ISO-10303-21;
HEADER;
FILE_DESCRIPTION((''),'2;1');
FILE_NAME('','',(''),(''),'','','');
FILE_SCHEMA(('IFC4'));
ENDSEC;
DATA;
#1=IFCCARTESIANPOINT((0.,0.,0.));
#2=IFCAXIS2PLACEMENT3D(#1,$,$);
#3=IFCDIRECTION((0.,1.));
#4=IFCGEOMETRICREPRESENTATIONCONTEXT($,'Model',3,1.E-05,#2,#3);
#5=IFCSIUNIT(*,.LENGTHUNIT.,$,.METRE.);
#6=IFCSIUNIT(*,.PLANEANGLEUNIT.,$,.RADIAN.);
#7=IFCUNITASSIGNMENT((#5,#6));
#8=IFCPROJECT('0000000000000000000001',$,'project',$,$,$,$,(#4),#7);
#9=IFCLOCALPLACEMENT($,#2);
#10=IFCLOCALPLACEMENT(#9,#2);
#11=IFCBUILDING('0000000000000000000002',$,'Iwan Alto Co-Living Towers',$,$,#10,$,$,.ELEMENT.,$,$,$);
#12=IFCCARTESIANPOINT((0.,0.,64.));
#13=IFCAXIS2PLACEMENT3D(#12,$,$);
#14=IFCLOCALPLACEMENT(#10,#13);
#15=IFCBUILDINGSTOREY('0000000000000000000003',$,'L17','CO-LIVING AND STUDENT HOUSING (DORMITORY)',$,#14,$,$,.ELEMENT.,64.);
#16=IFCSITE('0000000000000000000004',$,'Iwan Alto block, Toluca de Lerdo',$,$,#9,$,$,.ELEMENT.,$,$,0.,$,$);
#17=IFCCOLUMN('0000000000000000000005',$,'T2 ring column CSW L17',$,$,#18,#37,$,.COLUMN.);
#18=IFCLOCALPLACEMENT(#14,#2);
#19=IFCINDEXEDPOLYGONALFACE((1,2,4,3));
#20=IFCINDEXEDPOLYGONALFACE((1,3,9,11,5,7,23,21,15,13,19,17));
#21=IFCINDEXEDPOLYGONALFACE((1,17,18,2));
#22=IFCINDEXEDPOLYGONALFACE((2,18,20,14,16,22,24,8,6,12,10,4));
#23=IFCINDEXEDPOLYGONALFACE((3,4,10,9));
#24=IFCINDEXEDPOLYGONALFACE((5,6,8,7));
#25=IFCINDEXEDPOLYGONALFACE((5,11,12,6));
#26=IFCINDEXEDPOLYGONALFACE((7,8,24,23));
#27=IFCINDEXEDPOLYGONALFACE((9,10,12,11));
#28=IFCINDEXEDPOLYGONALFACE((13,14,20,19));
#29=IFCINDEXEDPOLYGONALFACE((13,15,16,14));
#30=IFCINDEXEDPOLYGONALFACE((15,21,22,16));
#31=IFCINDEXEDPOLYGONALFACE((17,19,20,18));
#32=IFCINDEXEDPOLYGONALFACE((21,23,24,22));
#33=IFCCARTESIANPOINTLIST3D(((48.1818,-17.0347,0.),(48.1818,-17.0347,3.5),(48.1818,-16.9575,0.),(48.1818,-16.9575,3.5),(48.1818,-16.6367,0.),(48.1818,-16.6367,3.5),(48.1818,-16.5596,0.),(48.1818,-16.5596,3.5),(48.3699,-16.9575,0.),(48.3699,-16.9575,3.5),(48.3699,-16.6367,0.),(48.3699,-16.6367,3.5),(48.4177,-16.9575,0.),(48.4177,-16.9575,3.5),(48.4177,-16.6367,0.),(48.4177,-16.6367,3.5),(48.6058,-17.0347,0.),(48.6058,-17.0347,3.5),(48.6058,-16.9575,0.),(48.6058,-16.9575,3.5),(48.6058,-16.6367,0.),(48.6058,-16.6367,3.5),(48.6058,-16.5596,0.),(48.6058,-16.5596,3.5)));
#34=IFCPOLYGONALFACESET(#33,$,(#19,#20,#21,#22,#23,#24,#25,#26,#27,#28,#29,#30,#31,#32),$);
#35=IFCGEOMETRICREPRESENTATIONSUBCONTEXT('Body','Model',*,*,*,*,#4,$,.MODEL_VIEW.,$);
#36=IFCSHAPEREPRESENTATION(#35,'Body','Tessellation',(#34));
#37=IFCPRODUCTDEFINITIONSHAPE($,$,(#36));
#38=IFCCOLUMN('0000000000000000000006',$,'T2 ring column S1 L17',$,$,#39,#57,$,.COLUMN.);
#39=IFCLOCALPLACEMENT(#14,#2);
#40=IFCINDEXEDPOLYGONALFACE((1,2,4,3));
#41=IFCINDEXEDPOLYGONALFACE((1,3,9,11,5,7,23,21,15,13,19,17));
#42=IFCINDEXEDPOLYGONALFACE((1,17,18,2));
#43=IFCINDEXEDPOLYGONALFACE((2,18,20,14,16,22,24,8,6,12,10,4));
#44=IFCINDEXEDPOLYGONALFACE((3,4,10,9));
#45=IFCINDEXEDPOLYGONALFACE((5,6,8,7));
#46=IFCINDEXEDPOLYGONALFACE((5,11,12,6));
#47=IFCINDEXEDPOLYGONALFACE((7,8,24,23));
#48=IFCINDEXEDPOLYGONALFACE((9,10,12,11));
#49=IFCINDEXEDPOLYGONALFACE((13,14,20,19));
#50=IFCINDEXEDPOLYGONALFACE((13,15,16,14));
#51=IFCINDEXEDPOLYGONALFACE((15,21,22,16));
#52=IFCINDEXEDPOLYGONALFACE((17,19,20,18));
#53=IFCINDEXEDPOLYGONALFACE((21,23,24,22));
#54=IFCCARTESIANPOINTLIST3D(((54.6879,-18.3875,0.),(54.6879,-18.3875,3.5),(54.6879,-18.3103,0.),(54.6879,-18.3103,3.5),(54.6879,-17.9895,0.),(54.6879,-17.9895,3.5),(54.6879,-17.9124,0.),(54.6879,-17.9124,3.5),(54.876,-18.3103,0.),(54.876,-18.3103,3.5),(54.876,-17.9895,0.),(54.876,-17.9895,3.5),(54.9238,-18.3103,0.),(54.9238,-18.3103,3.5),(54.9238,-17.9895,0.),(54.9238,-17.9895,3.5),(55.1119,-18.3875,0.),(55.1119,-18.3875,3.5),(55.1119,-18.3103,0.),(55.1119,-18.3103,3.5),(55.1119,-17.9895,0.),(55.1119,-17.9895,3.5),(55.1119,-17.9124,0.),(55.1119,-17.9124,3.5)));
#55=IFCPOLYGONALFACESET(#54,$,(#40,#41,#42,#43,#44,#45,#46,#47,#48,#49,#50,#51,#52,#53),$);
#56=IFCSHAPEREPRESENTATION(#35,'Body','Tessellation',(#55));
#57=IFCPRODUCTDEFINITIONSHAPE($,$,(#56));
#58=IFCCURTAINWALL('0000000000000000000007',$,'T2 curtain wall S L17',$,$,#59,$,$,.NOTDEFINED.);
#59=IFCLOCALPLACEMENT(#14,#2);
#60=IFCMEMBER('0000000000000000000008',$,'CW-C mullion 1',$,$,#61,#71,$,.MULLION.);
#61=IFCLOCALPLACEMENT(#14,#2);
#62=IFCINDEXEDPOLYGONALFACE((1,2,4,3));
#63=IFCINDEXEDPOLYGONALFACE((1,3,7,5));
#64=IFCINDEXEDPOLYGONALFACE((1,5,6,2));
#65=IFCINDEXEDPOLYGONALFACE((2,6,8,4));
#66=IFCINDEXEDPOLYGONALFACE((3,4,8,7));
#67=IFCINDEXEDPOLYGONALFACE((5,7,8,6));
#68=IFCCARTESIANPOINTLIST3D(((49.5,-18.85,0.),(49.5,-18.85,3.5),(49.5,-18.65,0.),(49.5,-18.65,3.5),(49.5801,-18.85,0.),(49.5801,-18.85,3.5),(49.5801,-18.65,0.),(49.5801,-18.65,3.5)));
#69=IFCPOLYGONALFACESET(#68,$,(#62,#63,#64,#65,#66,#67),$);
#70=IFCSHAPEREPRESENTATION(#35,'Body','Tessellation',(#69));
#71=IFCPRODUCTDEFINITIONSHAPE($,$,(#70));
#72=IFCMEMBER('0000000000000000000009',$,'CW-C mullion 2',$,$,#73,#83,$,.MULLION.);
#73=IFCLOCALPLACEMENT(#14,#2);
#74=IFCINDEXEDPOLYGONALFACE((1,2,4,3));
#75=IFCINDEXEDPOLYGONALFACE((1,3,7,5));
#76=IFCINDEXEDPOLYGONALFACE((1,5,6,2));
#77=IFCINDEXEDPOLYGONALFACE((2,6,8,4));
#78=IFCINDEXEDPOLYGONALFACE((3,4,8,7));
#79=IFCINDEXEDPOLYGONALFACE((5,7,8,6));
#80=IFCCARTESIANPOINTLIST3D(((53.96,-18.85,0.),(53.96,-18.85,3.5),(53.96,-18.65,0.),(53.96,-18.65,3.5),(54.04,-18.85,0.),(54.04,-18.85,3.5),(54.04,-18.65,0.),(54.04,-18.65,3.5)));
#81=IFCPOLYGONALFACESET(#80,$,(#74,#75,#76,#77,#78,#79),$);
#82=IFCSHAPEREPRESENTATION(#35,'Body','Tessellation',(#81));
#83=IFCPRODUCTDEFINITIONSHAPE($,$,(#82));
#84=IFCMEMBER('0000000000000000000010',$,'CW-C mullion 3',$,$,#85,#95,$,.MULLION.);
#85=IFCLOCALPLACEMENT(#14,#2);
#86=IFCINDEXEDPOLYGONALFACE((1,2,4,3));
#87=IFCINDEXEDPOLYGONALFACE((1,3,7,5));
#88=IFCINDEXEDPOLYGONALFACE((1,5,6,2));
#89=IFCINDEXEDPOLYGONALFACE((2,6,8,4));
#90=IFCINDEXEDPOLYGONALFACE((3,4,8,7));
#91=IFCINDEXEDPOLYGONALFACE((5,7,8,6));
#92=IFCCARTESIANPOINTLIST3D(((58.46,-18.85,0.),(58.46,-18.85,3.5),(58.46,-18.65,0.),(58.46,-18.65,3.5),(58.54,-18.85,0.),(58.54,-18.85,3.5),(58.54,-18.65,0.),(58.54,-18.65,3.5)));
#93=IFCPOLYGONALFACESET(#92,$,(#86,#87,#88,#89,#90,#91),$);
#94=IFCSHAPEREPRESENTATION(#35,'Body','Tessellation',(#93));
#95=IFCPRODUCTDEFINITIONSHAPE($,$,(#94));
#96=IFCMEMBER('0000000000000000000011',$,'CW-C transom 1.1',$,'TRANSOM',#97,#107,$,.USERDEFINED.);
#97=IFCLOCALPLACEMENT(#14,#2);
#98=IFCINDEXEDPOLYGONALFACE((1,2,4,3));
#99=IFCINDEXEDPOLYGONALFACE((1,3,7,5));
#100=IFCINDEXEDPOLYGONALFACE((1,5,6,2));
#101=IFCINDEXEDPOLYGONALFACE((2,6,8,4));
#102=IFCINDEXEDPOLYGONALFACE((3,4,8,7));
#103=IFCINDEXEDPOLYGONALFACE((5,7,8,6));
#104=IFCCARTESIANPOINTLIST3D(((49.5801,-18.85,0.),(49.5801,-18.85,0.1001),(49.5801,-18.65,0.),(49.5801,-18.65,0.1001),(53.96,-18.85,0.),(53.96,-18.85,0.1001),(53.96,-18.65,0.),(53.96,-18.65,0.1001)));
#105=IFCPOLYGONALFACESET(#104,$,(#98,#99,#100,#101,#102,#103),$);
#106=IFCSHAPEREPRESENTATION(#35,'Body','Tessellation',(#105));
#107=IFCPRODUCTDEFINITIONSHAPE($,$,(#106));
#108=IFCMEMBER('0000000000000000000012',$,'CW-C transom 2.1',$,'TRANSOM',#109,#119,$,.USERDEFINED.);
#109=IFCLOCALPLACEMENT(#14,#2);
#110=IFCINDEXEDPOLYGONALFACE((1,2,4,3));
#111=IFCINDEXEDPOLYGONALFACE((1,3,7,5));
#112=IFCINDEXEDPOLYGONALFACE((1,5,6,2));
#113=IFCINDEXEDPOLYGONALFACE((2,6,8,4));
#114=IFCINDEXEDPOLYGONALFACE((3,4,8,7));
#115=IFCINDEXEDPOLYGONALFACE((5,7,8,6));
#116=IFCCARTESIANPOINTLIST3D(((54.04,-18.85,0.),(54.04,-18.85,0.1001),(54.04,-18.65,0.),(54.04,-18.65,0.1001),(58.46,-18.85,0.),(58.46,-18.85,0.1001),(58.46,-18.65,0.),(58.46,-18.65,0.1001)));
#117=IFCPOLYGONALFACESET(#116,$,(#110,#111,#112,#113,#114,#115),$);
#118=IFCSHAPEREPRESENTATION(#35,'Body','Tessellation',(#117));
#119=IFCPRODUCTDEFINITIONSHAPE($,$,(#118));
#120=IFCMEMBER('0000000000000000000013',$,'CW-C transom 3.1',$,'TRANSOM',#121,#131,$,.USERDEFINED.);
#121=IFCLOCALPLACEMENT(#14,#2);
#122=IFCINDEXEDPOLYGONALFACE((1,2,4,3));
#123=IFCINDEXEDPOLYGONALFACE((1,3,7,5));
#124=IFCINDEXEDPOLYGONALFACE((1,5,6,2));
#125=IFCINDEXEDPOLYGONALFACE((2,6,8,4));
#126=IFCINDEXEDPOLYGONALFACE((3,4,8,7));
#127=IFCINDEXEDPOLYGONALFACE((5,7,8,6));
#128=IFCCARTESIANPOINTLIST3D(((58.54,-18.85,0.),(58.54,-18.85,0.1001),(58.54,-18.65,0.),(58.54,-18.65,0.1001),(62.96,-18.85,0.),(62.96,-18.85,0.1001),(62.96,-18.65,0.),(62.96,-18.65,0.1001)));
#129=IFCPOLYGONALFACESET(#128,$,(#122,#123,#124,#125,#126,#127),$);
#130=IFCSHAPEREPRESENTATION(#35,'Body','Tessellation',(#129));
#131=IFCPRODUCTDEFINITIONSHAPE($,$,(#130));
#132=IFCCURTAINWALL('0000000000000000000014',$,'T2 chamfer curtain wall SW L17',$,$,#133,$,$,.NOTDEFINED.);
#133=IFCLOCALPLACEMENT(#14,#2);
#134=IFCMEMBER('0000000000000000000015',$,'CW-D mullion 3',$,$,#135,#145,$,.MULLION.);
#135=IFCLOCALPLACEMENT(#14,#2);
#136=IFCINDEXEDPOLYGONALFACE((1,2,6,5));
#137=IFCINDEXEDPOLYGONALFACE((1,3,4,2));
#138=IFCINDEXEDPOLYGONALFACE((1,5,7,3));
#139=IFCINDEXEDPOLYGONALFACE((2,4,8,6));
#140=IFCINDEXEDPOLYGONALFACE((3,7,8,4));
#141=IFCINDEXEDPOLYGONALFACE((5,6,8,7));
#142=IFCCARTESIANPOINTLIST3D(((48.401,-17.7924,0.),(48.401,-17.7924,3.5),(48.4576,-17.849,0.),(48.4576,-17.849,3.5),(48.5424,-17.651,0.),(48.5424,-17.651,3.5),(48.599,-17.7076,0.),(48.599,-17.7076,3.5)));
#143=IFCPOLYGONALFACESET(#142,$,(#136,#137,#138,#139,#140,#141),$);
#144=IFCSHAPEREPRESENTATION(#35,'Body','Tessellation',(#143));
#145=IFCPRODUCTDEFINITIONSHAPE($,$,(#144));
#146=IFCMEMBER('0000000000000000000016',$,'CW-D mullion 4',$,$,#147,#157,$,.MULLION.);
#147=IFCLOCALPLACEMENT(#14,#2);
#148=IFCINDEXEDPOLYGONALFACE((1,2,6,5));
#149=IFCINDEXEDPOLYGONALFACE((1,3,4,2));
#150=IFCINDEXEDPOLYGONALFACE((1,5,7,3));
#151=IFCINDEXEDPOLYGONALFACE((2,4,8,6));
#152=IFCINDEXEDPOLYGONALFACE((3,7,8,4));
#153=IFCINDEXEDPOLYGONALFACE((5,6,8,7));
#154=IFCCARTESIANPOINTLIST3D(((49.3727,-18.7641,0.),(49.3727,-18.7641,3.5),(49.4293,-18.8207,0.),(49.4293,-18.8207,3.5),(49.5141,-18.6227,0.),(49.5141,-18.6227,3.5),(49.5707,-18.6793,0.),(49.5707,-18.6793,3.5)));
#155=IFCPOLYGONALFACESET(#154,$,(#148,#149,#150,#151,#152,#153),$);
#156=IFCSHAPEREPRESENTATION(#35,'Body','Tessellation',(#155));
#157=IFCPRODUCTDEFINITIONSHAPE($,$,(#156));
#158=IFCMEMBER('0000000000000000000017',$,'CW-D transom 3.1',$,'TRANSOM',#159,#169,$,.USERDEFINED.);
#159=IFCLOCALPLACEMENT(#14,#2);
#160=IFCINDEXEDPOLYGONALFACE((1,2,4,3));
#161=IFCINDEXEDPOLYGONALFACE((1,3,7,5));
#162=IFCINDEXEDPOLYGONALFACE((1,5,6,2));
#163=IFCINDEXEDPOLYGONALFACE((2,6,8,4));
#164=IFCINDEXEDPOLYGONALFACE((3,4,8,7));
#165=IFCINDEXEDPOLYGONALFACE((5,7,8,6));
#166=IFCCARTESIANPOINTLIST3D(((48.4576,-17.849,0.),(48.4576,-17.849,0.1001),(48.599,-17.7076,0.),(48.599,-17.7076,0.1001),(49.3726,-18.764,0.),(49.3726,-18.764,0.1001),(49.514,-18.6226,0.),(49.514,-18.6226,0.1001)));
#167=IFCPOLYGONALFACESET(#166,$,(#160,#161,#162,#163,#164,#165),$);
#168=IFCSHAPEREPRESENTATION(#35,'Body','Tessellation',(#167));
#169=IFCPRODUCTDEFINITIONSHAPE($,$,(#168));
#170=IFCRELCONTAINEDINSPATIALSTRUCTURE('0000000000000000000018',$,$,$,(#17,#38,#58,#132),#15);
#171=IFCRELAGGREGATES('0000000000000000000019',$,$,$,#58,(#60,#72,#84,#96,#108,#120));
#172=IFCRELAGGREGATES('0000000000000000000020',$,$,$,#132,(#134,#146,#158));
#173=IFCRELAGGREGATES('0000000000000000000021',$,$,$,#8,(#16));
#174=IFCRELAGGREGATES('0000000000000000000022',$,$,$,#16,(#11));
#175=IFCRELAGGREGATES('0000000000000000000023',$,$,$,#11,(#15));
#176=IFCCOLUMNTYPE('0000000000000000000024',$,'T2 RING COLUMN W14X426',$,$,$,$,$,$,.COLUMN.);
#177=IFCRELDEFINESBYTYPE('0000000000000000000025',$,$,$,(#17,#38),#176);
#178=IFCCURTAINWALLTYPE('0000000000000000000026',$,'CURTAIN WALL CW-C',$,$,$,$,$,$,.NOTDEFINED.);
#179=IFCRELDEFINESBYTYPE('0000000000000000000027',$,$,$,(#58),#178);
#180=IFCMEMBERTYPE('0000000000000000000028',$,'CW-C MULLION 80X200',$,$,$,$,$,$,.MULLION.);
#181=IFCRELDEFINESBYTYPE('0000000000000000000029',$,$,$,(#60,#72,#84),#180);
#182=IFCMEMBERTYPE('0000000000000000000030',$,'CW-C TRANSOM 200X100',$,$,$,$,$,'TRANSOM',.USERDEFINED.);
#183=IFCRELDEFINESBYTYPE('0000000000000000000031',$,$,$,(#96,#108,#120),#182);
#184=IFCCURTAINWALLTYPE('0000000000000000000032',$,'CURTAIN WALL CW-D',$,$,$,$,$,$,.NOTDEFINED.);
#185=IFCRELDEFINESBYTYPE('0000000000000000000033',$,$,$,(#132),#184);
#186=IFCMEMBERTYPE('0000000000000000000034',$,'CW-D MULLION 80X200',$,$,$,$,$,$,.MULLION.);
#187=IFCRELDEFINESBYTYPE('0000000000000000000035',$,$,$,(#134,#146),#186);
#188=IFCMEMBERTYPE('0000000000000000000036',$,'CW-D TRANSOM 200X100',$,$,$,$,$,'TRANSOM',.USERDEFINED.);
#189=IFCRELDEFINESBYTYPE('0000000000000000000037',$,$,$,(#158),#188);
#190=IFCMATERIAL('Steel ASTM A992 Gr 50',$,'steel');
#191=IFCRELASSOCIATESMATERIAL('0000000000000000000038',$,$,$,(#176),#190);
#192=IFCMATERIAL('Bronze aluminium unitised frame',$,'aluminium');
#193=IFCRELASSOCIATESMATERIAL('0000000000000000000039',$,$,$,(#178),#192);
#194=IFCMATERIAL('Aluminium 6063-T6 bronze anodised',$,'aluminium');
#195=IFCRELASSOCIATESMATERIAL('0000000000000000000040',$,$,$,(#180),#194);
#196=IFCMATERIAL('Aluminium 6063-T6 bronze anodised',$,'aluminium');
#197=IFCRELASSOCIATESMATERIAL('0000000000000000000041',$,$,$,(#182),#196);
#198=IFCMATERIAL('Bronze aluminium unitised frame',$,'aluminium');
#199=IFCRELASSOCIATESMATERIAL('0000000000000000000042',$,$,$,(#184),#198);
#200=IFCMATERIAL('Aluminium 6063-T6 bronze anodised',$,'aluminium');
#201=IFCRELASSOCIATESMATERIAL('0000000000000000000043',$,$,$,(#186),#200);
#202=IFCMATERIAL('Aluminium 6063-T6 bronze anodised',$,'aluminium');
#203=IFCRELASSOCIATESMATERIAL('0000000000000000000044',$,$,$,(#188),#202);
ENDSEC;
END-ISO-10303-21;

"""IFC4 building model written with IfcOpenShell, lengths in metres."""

from ifc_helpers import new_model, si_unit, direction, frame, origin, origin_2d, place, context, subcontext, project, spatial, rectangle, i_section, extrude, material, material_profile, profile_set, type_object, element, aggregate, save


model = new_model("IFC4")

# Units and contexts
model_context = context("Model", 3, precision=1e-05, world=origin(), true_north=direction((0.0, 1.0)))
body_context = subcontext(model_context, "Body", "Model", "MODEL_VIEW")
ifc_project = project(units=[si_unit("LENGTHUNIT", "METRE"), si_unit("PLANEANGLEUNIT", "RADIAN")], contexts=[model_context])

# Site, building, storey
site_placement = place(None, origin())
site = spatial("IfcSite", under=ifc_project, at=site_placement, Name="Iwan Alto block, Toluca de Lerdo", CompositionType="ELEMENT", RefElevation=0.0)
building_placement = place(site_placement, origin())
building = spatial("IfcBuilding", under=site, at=building_placement, Name="Iwan Alto Co-Living Towers", CompositionType="ELEMENT")
storey_placement = place(building_placement, frame((0.0, 0.0, 64.0)))
storey = spatial("IfcBuildingStorey", under=building, at=storey_placement, Name="L17", Description="CO-LIVING AND STUDENT HOUSING (DORMITORY)", CompositionType="ELEMENT", Elevation=64.0)

# Columns
ifc_material_1 = material(Name="Steel ASTM A992 Gr 50", Category="steel")
ifc_material_profile_1 = material_profile(ifc_material_1, i_section(OverallWidth=0.4241, OverallDepth=0.4751, WebThickness=0.0479, FlangeThickness=0.0771, at=origin_2d()), Name="W14X426")
ifc_profile_set_1 = profile_set([ifc_material_profile_1], Name="Steel ASTM A992 Gr 50")
column_type = type_object("IfcColumnType", Name="T2 RING COLUMN W14X426", PredefinedType="COLUMN", material=ifc_profile_set_1)
for number, where, z_axis, x_axis, name in (
    (1, (48.3938, -16.7971, 0.0), (0.0, 0.0, 1.0), (1.0, 0.0, 0.0), "T2 ring column CSW L17"),
    (2, (54.8999, -18.1499, 0.0), (0.0, 0.0, 1.0), (1.0, 0.0, 0.0), "T2 ring column S1 L17"),
):
    element("IfcColumn", number, at=place(storey_placement, frame(where, z_axis=z_axis, x_axis=x_axis)), inside=storey, type_object=column_type, Name=name, PredefinedType="COLUMN", context=body_context, shape_type="SweptSolid", body=[
        extrude(i_section(OverallWidth=0.4241, OverallDepth=0.4751, WebThickness=0.0479, FlangeThickness=0.0771, at=origin_2d()), origin(), (0.0, 0.0, 1.0), 3.5),
    ])

# Curtain walls, members
ifc_material_2 = material(Name="Bronze aluminium unitised frame", Category="aluminium")
curtain_wall_type_1 = type_object("IfcCurtainWallType", Name="CURTAIN WALL CW-C", PredefinedType="NOTDEFINED", material=ifc_material_2)
curtain_wall_1_placement = place(storey_placement, origin())
curtain_wall_1 = element("IfcCurtainWall", 3, at=curtain_wall_1_placement, inside=storey, type_object=curtain_wall_type_1, Name="T2 curtain wall S L17", PredefinedType="NOTDEFINED")
ifc_material_3 = material(Name="Aluminium 6063-T6 bronze anodised", Category="aluminium")
ifc_material_profile_2 = material_profile(ifc_material_3, rectangle(XDim=0.2, YDim=0.0801, at=origin_2d()), Name="AL 80X200")
ifc_profile_set_2 = profile_set([ifc_material_profile_2], Name="Aluminium 6063-T6 bronze anodised")
member_type_1 = type_object("IfcMemberType", Name="CW-C MULLION 80X200", PredefinedType="MULLION", material=ifc_profile_set_2)
member_1_placement = place(storey_placement, frame((49.54, -18.75, 0.0), z_axis=(0.0, 0.0, 1.0), x_axis=(0.0, 1.0, 0.0)))
member_1 = element("IfcMember", 4, at=member_1_placement, type_object=member_type_1, Name="CW-C mullion 1", PredefinedType="MULLION", context=body_context, shape_type="SweptSolid", body=[
    extrude(rectangle(XDim=0.2, YDim=0.0801, at=origin_2d()), origin(), (0.0, 0.0, 1.0), 3.5),
])
member_2_placement = place(storey_placement, frame((54.0, -18.75, 0.0), z_axis=(0.0, 0.0, 1.0), x_axis=(0.0, 1.0, 0.0)))
member_2 = element("IfcMember", 5, at=member_2_placement, type_object=member_type_1, Name="CW-C mullion 2", PredefinedType="MULLION", context=body_context, shape_type="SweptSolid", body=[
    extrude(rectangle(XDim=0.2, YDim=0.0801, at=origin_2d()), origin(), (0.0, 0.0, 1.0), 3.5),
])
member_3_placement = place(storey_placement, frame((58.5, -18.75, 0.0), z_axis=(0.0, 0.0, 1.0), x_axis=(0.0, 1.0, 0.0)))
member_3 = element("IfcMember", 6, at=member_3_placement, type_object=member_type_1, Name="CW-C mullion 3", PredefinedType="MULLION", context=body_context, shape_type="SweptSolid", body=[
    extrude(rectangle(XDim=0.2, YDim=0.0801, at=origin_2d()), origin(), (0.0, 0.0, 1.0), 3.5),
])
ifc_material_4 = material(Name="Aluminium 6063-T6 bronze anodised", Category="aluminium")
ifc_material_profile_3 = material_profile(ifc_material_4, rectangle(XDim=0.2, YDim=0.1001, at=origin_2d()), Name="AL 200X100")
ifc_profile_set_3 = profile_set([ifc_material_profile_3], Name="Aluminium 6063-T6 bronze anodised")
member_type_2 = type_object("IfcMemberType", Name="CW-C TRANSOM 200X100", ElementType="TRANSOM", PredefinedType="USERDEFINED", material=ifc_profile_set_3)
member_4_placement = place(storey_placement, frame((49.5801, -18.75, 0.05), z_axis=(1.0, 0.0, 0.0), x_axis=(0.0, 1.0, 0.0)))
member_4 = element("IfcMember", 7, at=member_4_placement, type_object=member_type_2, Name="CW-C transom 1.1", ObjectType="TRANSOM", PredefinedType="USERDEFINED", context=body_context, shape_type="SweptSolid", body=[
    extrude(rectangle(XDim=0.2, YDim=0.1001, at=origin_2d()), origin(), (0.0, 0.0, 1.0), 4.3799),
])
member_5_placement = place(storey_placement, frame((54.04, -18.75, 0.05), z_axis=(1.0, 0.0, 0.0), x_axis=(0.0, 1.0, 0.0)))
member_5 = element("IfcMember", 8, at=member_5_placement, type_object=member_type_2, Name="CW-C transom 2.1", ObjectType="TRANSOM", PredefinedType="USERDEFINED", context=body_context, shape_type="SweptSolid", body=[
    extrude(rectangle(XDim=0.2, YDim=0.1001, at=origin_2d()), origin(), (0.0, 0.0, 1.0), 4.4199),
])
member_6_placement = place(storey_placement, frame((58.54, -18.75, 0.05), z_axis=(1.0, 0.0, 0.0), x_axis=(0.0, 1.0, 0.0)))
member_6 = element("IfcMember", 9, at=member_6_placement, type_object=member_type_2, Name="CW-C transom 3.1", ObjectType="TRANSOM", PredefinedType="USERDEFINED", context=body_context, shape_type="SweptSolid", body=[
    extrude(rectangle(XDim=0.2, YDim=0.1001, at=origin_2d()), origin(), (0.0, 0.0, 1.0), 4.4199),
])
ifc_material_5 = material(Name="Bronze aluminium unitised frame", Category="aluminium")
curtain_wall_type_2 = type_object("IfcCurtainWallType", Name="CURTAIN WALL CW-D", PredefinedType="NOTDEFINED", material=ifc_material_5)
curtain_wall_2_placement = place(storey_placement, origin())
curtain_wall_2 = element("IfcCurtainWall", 10, at=curtain_wall_2_placement, inside=storey, type_object=curtain_wall_type_2, Name="T2 chamfer curtain wall SW L17", PredefinedType="NOTDEFINED")
ifc_material_6 = material(Name="Aluminium 6063-T6 bronze anodised", Category="aluminium")
ifc_material_profile_4 = material_profile(ifc_material_6, rectangle(XDim=0.2, YDim=0.0801, at=origin_2d()), Name="AL 80X200")
ifc_profile_set_4 = profile_set([ifc_material_profile_4], Name="Aluminium 6063-T6 bronze anodised")
member_type_3 = type_object("IfcMemberType", Name="CW-D MULLION 80X200", PredefinedType="MULLION", material=ifc_profile_set_4)
member_7_placement = place(storey_placement, frame((48.5, -17.75, 0.0), z_axis=(0.0, 0.0, 1.0), x_axis=(0.707107, 0.707107, 0.0)))
member_7 = element("IfcMember", 11, at=member_7_placement, type_object=member_type_3, Name="CW-D mullion 3", PredefinedType="MULLION", context=body_context, shape_type="SweptSolid", body=[
    extrude(rectangle(XDim=0.2, YDim=0.0801, at=origin_2d()), origin(), (0.0, 0.0, 1.0), 3.5),
])
member_8_placement = place(storey_placement, frame((49.4717, -18.7217, 0.0), z_axis=(0.0, 0.0, 1.0), x_axis=(0.707107, 0.707107, 0.0)))
member_8 = element("IfcMember", 12, at=member_8_placement, type_object=member_type_3, Name="CW-D mullion 4", PredefinedType="MULLION", context=body_context, shape_type="SweptSolid", body=[
    extrude(rectangle(XDim=0.2, YDim=0.0801, at=origin_2d()), origin(), (0.0, 0.0, 1.0), 3.5),
])
ifc_material_7 = material(Name="Aluminium 6063-T6 bronze anodised", Category="aluminium")
ifc_material_profile_5 = material_profile(ifc_material_7, rectangle(XDim=0.2, YDim=0.1001, at=origin_2d()), Name="AL 200X100")
ifc_profile_set_5 = profile_set([ifc_material_profile_5], Name="Aluminium 6063-T6 bronze anodised")
member_type_4 = type_object("IfcMemberType", Name="CW-D TRANSOM 200X100", ElementType="TRANSOM", PredefinedType="USERDEFINED", material=ifc_profile_set_5)
member_9_placement = place(storey_placement, frame((48.5283, -17.7783, 0.05), z_axis=(0.707107, -0.707107, 0.0), x_axis=(0.707107, 0.707107, 0.0)))
member_9 = element("IfcMember", 13, at=member_9_placement, type_object=member_type_4, Name="CW-D transom 3.1", ObjectType="TRANSOM", PredefinedType="USERDEFINED", context=body_context, shape_type="SweptSolid", body=[
    extrude(rectangle(XDim=0.2, YDim=0.1001, at=origin_2d()), origin(), (0.0, 0.0, 1.0), 1.2939),
])

aggregate(curtain_wall_1, [member_1, member_2, member_3, member_4, member_5, member_6])
aggregate(curtain_wall_2, [member_7, member_8, member_9])

save(model, "model.ifc")
